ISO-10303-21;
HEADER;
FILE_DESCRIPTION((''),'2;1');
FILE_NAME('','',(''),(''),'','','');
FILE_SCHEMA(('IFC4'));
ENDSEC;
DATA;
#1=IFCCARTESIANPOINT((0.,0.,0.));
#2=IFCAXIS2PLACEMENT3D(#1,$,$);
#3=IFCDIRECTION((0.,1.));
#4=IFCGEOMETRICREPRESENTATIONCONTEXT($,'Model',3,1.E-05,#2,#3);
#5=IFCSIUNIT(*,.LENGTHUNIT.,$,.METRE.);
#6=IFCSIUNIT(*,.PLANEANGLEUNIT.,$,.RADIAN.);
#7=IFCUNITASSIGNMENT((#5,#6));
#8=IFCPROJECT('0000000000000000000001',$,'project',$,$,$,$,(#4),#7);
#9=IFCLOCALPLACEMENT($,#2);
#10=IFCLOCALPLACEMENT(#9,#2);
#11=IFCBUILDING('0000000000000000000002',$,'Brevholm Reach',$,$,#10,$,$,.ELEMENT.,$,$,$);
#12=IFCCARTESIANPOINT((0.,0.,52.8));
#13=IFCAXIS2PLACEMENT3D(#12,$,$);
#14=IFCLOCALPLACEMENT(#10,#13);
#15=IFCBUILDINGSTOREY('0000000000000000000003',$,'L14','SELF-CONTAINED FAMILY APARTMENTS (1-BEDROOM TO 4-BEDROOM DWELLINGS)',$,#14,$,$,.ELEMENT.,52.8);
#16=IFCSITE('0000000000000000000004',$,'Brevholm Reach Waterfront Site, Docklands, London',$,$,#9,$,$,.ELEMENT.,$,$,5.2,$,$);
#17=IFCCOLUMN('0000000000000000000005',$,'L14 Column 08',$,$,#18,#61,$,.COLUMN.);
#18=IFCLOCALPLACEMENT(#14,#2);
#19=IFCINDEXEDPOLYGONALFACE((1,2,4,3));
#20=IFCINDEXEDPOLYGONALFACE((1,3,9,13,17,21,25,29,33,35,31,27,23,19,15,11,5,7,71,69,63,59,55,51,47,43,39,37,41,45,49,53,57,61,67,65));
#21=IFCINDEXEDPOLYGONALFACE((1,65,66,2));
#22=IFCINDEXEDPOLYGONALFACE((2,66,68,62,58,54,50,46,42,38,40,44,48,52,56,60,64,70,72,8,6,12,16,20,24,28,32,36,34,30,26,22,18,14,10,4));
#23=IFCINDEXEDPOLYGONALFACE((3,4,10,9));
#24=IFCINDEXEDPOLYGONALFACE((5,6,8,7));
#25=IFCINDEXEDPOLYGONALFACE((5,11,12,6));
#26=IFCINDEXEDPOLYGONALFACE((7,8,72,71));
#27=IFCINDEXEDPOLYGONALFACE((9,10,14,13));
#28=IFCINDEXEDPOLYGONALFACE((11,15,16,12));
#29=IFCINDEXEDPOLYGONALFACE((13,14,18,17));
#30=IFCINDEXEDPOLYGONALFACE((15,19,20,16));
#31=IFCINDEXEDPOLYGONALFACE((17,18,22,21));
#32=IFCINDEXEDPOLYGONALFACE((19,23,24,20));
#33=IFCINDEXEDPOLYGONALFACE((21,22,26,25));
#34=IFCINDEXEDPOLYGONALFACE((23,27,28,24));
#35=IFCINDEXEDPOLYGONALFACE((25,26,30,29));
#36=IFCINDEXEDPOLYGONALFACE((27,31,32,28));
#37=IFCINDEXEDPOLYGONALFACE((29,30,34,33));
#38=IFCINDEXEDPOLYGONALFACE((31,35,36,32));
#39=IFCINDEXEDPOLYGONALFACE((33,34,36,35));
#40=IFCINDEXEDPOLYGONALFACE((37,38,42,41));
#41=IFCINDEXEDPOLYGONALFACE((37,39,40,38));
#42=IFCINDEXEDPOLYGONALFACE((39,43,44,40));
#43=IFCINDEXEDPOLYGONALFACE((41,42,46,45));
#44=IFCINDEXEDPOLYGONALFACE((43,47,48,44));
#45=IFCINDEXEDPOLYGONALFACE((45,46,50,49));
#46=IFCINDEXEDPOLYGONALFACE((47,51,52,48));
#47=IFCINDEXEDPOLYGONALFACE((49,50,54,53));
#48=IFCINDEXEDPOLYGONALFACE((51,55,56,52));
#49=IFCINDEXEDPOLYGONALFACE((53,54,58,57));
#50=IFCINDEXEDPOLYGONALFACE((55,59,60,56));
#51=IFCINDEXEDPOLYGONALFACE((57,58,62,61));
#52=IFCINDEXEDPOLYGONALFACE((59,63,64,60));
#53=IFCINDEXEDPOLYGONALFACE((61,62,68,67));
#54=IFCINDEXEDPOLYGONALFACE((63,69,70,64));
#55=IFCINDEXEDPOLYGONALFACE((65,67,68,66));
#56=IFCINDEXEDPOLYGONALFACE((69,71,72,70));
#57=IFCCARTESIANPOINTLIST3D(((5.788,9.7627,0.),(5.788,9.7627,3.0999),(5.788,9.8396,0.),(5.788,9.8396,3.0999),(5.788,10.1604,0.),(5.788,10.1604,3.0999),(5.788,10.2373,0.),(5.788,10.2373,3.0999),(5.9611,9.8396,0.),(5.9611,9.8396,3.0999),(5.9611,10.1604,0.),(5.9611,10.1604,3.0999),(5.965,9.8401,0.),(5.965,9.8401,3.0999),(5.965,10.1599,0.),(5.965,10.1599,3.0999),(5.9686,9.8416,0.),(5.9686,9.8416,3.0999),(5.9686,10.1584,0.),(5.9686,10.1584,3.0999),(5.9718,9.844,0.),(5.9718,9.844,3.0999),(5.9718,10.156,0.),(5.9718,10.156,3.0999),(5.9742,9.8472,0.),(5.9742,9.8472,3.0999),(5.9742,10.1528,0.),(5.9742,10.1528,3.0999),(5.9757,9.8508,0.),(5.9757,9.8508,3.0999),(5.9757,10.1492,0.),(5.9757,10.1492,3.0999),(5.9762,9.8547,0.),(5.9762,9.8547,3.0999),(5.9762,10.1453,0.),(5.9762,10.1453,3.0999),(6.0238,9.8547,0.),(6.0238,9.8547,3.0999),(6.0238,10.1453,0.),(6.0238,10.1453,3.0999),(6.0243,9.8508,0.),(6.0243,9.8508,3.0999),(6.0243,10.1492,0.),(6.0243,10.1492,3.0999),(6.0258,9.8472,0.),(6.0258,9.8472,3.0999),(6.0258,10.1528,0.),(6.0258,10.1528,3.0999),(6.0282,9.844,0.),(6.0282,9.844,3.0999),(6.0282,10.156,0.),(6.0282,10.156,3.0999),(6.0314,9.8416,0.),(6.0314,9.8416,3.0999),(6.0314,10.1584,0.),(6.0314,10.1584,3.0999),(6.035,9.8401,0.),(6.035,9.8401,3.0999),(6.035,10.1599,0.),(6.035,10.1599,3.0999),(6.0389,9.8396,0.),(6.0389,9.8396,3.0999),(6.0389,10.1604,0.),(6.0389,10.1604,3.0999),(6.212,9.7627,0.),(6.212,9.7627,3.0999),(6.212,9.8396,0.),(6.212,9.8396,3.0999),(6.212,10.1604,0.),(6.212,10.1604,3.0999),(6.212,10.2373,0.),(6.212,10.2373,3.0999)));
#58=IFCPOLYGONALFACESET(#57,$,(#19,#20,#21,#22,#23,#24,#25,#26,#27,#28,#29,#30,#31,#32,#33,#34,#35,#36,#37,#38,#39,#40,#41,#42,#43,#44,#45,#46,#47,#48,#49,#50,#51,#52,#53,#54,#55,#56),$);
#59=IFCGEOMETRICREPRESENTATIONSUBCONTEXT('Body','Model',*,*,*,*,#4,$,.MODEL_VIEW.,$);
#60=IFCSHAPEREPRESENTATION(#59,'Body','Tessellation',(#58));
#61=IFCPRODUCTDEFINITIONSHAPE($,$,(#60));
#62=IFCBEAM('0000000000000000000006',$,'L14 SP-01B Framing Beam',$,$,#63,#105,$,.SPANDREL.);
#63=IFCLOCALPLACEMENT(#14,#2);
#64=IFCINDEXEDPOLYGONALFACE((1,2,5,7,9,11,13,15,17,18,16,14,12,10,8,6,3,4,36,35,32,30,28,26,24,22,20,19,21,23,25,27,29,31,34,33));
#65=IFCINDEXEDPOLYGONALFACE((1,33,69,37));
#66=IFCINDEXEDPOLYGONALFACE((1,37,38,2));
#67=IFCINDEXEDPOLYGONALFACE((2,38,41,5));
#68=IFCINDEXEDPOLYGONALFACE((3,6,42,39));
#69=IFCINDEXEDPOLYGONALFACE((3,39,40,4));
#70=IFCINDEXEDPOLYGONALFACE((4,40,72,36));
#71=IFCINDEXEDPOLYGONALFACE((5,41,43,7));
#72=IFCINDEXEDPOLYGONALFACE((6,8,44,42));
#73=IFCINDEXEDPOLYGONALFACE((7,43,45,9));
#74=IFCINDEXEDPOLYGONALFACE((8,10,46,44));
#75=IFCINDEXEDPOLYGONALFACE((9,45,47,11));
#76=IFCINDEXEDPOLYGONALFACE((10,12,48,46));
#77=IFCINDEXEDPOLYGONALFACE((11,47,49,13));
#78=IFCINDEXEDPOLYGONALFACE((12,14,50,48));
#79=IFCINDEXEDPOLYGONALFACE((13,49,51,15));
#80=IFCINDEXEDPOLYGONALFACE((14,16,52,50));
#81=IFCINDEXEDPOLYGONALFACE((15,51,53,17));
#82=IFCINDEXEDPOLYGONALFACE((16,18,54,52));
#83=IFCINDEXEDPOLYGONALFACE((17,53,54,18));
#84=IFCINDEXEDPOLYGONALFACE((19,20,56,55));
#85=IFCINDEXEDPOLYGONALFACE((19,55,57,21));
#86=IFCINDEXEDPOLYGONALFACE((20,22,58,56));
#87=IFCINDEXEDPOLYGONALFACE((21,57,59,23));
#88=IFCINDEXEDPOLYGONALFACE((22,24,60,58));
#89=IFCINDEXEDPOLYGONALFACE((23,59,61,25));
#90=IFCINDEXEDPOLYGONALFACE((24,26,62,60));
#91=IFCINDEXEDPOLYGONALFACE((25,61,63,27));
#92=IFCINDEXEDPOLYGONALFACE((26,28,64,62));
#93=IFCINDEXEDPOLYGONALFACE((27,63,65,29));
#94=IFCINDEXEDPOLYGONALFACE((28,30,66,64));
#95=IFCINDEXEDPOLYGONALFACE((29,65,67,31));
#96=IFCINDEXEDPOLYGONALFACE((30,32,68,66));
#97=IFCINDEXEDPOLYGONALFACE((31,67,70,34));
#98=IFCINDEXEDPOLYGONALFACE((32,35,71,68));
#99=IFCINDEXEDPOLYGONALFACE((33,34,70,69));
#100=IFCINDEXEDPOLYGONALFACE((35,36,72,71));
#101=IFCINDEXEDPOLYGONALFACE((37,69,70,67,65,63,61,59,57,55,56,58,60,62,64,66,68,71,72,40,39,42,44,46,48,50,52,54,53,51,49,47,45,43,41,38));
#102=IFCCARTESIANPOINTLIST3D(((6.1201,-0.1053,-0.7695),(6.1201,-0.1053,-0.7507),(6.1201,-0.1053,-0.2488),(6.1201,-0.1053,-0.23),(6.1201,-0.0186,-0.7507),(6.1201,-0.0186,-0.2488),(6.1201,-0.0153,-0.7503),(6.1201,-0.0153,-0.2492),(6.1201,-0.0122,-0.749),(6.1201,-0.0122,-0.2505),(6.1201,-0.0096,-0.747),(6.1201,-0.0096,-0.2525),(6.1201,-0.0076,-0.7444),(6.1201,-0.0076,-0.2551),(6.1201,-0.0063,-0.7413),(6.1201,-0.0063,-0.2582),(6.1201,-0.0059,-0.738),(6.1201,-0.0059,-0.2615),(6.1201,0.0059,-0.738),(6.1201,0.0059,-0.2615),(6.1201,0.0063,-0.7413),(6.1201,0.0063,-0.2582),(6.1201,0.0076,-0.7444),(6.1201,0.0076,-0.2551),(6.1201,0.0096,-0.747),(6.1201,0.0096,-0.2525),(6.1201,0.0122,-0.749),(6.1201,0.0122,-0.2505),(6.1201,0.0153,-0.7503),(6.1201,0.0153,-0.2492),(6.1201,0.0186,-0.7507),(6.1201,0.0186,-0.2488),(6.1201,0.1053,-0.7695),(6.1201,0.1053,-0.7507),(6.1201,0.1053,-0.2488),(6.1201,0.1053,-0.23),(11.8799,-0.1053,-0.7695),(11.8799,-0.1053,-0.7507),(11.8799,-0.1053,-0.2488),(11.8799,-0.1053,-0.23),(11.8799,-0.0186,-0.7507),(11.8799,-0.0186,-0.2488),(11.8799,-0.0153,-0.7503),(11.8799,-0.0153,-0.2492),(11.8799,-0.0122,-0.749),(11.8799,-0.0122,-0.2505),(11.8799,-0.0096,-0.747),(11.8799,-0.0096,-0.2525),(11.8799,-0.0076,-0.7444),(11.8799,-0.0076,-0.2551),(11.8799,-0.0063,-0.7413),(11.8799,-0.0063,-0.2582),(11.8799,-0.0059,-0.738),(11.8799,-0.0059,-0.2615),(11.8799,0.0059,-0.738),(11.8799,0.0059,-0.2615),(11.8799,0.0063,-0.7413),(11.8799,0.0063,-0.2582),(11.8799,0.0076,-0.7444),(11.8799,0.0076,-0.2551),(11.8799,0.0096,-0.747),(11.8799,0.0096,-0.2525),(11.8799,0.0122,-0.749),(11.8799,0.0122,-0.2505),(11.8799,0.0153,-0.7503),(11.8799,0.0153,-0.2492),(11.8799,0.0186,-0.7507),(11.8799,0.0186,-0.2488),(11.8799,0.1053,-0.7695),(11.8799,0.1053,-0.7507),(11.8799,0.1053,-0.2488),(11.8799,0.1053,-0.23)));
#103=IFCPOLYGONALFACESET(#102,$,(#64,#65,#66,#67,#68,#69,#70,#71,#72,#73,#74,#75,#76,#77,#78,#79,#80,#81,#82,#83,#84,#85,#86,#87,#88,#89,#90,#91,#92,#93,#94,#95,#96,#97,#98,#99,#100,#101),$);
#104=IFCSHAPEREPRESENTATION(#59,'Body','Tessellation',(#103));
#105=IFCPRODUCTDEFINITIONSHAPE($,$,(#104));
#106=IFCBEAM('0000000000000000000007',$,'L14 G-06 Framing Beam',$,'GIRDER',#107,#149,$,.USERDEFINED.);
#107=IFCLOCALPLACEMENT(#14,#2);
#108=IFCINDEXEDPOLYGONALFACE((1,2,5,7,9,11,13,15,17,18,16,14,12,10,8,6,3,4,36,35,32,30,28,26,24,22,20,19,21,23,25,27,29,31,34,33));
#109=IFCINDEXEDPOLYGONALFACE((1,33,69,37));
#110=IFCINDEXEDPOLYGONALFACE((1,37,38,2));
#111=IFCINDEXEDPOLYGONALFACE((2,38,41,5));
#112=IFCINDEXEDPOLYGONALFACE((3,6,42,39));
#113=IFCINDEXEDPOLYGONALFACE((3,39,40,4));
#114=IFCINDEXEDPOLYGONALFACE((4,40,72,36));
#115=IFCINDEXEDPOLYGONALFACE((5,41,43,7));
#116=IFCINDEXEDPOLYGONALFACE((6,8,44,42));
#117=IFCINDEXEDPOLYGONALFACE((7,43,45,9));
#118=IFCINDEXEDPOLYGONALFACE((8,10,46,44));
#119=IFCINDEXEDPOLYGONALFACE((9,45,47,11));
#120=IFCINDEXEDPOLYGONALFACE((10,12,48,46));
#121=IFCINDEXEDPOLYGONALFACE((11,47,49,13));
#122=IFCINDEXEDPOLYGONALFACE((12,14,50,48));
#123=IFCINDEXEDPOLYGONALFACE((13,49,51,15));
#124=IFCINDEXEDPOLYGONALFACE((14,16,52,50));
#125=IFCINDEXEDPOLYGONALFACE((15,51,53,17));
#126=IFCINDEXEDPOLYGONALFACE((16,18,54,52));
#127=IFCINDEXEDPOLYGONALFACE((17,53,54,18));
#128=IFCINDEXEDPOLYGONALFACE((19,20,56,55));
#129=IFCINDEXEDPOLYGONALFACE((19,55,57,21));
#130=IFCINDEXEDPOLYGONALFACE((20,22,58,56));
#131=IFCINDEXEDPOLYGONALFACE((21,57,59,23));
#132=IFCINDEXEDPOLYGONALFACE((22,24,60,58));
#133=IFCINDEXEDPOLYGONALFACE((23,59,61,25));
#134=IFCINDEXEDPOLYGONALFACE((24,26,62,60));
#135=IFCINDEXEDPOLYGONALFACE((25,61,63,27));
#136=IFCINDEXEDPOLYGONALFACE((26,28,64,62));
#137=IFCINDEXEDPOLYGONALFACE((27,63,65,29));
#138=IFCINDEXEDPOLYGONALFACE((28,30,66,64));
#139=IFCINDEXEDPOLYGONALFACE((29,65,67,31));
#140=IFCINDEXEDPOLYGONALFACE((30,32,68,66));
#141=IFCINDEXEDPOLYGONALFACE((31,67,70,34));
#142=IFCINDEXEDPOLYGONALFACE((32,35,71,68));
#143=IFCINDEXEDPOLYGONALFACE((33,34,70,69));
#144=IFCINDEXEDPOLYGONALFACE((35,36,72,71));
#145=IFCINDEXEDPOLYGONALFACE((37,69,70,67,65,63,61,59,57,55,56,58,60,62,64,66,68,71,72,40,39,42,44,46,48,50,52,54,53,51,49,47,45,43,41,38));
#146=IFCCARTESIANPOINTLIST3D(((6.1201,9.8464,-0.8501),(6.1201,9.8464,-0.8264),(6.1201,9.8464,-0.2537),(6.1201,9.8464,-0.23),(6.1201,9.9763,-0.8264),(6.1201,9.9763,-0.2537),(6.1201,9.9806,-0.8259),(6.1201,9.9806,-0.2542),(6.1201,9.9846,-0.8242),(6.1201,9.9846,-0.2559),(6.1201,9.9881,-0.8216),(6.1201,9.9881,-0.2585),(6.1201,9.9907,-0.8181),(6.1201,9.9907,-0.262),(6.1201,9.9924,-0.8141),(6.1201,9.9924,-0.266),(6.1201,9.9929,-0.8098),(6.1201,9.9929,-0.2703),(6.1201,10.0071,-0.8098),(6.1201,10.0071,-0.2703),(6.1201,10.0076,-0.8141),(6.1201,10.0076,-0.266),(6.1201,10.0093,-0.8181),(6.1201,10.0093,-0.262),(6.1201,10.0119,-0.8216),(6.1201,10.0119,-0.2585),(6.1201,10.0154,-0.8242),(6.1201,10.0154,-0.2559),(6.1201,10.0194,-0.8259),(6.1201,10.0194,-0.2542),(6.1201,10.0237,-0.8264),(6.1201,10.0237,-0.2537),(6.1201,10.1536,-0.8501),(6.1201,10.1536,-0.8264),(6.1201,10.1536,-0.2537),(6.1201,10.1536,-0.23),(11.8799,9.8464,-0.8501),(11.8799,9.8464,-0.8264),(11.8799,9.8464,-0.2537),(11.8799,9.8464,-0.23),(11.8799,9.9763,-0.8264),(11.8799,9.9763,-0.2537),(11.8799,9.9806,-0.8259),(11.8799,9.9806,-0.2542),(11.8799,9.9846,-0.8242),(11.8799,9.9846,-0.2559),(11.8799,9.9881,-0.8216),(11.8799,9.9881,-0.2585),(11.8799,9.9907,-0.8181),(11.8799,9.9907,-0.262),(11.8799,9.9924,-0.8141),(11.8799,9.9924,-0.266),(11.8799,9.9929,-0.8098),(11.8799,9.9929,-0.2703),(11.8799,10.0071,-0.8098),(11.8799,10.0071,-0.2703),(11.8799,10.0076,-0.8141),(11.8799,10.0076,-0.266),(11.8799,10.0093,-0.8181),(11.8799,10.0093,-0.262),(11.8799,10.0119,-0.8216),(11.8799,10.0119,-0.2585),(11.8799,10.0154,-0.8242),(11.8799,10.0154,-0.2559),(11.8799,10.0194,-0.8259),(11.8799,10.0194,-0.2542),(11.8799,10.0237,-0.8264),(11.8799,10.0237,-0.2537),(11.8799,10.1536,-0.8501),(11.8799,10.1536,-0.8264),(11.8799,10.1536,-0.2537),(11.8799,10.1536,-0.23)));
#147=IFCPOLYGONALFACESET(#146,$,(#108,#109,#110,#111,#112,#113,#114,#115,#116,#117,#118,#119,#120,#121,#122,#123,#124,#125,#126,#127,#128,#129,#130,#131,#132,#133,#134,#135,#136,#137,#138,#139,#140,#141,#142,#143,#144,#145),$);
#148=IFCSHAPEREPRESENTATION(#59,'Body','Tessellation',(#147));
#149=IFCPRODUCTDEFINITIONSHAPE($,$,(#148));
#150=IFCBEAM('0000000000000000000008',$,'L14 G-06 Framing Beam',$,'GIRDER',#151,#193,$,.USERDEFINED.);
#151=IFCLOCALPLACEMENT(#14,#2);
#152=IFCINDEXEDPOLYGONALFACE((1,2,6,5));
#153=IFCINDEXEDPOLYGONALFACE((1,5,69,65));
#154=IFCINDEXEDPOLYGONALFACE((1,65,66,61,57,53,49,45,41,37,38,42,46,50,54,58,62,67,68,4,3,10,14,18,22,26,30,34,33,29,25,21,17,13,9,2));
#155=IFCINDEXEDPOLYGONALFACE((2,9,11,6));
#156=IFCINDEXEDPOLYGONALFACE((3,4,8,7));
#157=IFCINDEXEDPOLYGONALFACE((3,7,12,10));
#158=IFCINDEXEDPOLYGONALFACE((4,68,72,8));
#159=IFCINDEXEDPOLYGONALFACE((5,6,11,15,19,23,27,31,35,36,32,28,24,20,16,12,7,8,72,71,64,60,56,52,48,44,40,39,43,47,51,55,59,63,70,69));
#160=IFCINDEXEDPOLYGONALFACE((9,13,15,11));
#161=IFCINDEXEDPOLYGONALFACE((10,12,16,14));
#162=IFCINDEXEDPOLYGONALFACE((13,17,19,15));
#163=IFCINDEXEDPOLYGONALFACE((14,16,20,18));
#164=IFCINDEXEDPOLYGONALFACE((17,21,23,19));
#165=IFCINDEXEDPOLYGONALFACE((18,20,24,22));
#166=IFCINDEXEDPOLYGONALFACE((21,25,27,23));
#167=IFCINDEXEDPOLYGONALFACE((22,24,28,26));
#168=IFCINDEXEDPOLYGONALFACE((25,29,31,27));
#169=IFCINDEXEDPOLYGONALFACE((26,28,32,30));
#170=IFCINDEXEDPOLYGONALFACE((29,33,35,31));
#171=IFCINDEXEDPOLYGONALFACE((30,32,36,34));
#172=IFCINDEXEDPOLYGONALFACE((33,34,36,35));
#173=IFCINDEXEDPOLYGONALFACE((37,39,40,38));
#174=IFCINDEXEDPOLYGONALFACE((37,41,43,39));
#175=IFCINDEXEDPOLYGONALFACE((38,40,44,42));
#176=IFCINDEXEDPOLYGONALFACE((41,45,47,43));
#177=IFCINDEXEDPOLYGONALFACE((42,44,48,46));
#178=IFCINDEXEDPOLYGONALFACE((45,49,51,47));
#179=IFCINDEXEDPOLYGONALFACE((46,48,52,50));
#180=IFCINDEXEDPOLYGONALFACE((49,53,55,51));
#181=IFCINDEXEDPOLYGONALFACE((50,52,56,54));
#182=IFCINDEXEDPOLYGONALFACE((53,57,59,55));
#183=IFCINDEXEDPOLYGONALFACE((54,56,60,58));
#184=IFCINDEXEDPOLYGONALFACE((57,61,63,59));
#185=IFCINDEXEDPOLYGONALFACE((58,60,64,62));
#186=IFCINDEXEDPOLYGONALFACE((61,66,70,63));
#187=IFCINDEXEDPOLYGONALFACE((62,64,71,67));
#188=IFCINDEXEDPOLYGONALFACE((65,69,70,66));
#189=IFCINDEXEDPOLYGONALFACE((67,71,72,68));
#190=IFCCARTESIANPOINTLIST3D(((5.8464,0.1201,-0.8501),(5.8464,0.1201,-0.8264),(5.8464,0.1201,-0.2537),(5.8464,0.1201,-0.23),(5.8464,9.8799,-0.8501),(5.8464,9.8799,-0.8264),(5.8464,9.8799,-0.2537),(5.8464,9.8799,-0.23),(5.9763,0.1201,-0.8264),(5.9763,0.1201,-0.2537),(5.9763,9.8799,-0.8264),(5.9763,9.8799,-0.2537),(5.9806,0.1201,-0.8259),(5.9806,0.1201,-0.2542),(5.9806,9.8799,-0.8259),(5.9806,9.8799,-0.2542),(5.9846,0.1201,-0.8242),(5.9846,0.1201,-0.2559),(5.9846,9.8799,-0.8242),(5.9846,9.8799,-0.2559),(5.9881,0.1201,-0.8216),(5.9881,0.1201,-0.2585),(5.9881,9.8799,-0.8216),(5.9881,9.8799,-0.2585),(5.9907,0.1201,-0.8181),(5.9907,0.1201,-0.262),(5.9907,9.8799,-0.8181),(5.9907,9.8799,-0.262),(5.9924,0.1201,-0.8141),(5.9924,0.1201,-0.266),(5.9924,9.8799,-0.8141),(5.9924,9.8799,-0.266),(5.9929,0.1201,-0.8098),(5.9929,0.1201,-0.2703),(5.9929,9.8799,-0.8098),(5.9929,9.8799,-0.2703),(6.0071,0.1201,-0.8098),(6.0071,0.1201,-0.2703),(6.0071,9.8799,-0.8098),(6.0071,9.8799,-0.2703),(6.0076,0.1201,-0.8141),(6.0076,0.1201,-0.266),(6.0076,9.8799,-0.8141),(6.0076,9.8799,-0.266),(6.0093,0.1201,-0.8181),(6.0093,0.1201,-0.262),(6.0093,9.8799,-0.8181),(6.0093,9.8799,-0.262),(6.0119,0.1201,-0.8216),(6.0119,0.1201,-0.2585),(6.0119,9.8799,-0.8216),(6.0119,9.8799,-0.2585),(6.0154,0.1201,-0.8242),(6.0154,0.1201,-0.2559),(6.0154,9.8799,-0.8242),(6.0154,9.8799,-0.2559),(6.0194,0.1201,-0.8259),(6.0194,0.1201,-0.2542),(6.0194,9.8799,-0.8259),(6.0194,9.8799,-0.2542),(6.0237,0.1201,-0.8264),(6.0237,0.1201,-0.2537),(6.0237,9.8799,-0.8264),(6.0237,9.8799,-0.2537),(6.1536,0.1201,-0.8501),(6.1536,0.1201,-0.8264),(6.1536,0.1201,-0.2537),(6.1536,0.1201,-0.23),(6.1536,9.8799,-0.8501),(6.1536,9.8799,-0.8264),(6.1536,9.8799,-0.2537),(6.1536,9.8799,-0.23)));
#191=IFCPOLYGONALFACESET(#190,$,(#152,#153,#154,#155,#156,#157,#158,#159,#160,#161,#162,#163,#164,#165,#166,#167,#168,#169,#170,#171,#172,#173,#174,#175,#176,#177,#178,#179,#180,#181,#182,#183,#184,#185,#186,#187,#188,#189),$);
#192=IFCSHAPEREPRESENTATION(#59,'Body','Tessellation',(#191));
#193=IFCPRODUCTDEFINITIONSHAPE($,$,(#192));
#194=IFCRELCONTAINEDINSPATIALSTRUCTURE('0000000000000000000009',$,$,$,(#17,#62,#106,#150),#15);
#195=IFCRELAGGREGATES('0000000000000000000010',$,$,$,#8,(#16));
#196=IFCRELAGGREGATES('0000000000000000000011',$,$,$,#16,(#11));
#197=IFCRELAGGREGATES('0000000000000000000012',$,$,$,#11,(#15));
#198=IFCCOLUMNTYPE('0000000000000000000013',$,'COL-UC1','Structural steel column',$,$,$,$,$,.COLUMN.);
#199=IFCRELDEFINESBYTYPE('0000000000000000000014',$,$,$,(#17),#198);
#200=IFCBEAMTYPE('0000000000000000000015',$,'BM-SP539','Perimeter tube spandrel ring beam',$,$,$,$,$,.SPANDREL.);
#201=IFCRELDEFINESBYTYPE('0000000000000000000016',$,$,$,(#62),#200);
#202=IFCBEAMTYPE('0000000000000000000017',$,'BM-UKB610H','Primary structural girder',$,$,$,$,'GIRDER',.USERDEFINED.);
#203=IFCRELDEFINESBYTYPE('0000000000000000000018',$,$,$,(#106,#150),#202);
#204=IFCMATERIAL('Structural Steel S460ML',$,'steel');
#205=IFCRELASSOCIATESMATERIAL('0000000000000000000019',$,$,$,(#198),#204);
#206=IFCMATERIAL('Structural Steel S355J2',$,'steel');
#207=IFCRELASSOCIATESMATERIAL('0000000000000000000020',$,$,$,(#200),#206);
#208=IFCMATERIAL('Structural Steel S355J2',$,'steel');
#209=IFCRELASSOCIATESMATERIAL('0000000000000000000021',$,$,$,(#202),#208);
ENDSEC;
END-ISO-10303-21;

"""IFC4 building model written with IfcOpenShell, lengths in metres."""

from ifc_helpers import new_model, si_unit, direction, frame, origin, origin_2d, place, context, subcontext, project, spatial, i_section, extrude, material, material_profile, profile_set, type_object, element, save


model = new_model("IFC4")

# Units and contexts
model_context = context("Model", 3, precision=1e-05, world=origin(), true_north=direction((0.0, 1.0)))
body_context = subcontext(model_context, "Body", "Model", "MODEL_VIEW")
ifc_project = project(units=[si_unit("LENGTHUNIT", "METRE"), si_unit("PLANEANGLEUNIT", "RADIAN")], contexts=[model_context])

# Site, building, storey
site_placement = place(None, origin())
site = spatial("IfcSite", under=ifc_project, at=site_placement, Name="Brevholm Reach Waterfront Site, Docklands, London", CompositionType="ELEMENT", RefElevation=5.2)
building_placement = place(site_placement, origin())
building = spatial("IfcBuilding", under=site, at=building_placement, Name="Brevholm Reach", CompositionType="ELEMENT")
storey_placement = place(building_placement, frame((0.0, 0.0, 52.8)))
storey = spatial("IfcBuildingStorey", under=building, at=storey_placement, Name="L14", Description="SELF-CONTAINED FAMILY APARTMENTS (1-BEDROOM TO 4-BEDROOM DWELLINGS)", CompositionType="ELEMENT", Elevation=52.8)

# Column
ifc_material_1 = material(Name="Structural Steel S460ML", Category="steel")
ifc_material_profile_1 = material_profile(ifc_material_1, i_section(OverallWidth=0.4241, OverallDepth=0.4746, WebThickness=0.0476, FlangeThickness=0.0769, FilletRadius=0.0151, at=origin_2d()), Name="UKC 356x406x634")
ifc_profile_set_1 = profile_set([ifc_material_profile_1], Name="Structural Steel S460ML")
column_type_1 = type_object("IfcColumnType", Name="COL-UC1", Description="Structural steel column", PredefinedType="COLUMN", material=ifc_profile_set_1)
column_1_placement = place(storey_placement, frame((6.0, 10.0, 0.0), z_axis=(0.0, 0.0, 1.0), x_axis=(1.0, 0.0, 0.0)))
element("IfcColumn", 1, at=column_1_placement, inside=storey, type_object=column_type_1, Name="L14 Column 08", PredefinedType="COLUMN", context=body_context, shape_type="SweptSolid", body=[
    extrude(i_section(OverallWidth=0.4241, OverallDepth=0.4746, WebThickness=0.0476, FlangeThickness=0.0769, FilletRadius=0.0151, at=origin_2d()), origin(), (0.0, 0.0, 1.0), 3.0999),
])

# Beams
ifc_material_2 = material(Name="Structural Steel S355J2", Category="steel")
ifc_material_profile_2 = material_profile(ifc_material_2, i_section(OverallWidth=0.2107, OverallDepth=0.5396, WebThickness=0.0117, FlangeThickness=0.0188, FilletRadius=0.0127, at=origin_2d()), Name="UKB 533x210x109")
ifc_profile_set_2 = profile_set([ifc_material_profile_2], Name="Structural Steel S355J2")
beam_type_1 = type_object("IfcBeamType", Name="BM-SP539", Description="Perimeter tube spandrel ring beam", PredefinedType="SPANDREL", material=ifc_profile_set_2)
beam_1_placement = place(storey_placement, frame((6.1201, 0.0, -0.4998), z_axis=(1.0, 0.0, 0.0), x_axis=(0.0, 1.0, 0.0)))
element("IfcBeam", 2, at=beam_1_placement, inside=storey, type_object=beam_type_1, Name="L14 SP-01B Framing Beam", PredefinedType="SPANDREL", context=body_context, shape_type="SweptSolid", body=[
    extrude(i_section(OverallWidth=0.2107, OverallDepth=0.5396, WebThickness=0.0117, FlangeThickness=0.0188, FilletRadius=0.0127, at=origin_2d()), origin(), (0.0, 0.0, 1.0), 5.7598),
])
ifc_material_3 = material(Name="Structural Steel S355J2", Category="steel")
ifc_material_profile_3 = material_profile(ifc_material_3, i_section(OverallWidth=0.3071, OverallDepth=0.6201, WebThickness=0.0142, FlangeThickness=0.0237, FilletRadius=0.0166, at=origin_2d()), Name="UKB 610x305x179")
ifc_profile_set_3 = profile_set([ifc_material_profile_3], Name="Structural Steel S355J2")
beam_type_2 = type_object("IfcBeamType", Name="BM-UKB610H", Description="Primary structural girder", ElementType="GIRDER", PredefinedType="USERDEFINED", material=ifc_profile_set_3)
beam_2_placement = place(storey_placement, frame((6.1201, 10.0, -0.54), z_axis=(1.0, 0.0, 0.0), x_axis=(0.0, 1.0, 0.0)))
element("IfcBeam", 3, at=beam_2_placement, inside=storey, type_object=beam_type_2, Name="L14 G-06 Framing Beam", ObjectType="GIRDER", PredefinedType="USERDEFINED", context=body_context, shape_type="SweptSolid", body=[
    extrude(i_section(OverallWidth=0.3071, OverallDepth=0.6201, WebThickness=0.0142, FlangeThickness=0.0237, FilletRadius=0.0166, at=origin_2d()), origin(), (0.0, 0.0, 1.0), 5.7598),
])
beam_3_placement = place(storey_placement, frame((6.0, 0.1201, -0.54), z_axis=(0.0, 1.0, 0.0), x_axis=(-1.0, 0.0, 0.0)))
element("IfcBeam", 4, at=beam_3_placement, inside=storey, type_object=beam_type_2, Name="L14 G-06 Framing Beam", ObjectType="GIRDER", PredefinedType="USERDEFINED", context=body_context, shape_type="SweptSolid", body=[
    extrude(i_section(OverallWidth=0.3071, OverallDepth=0.6201, WebThickness=0.0142, FlangeThickness=0.0237, FilletRadius=0.0166, at=origin_2d()), origin(), (0.0, 0.0, 1.0), 9.7598),
])

save(model, "model.ifc")
